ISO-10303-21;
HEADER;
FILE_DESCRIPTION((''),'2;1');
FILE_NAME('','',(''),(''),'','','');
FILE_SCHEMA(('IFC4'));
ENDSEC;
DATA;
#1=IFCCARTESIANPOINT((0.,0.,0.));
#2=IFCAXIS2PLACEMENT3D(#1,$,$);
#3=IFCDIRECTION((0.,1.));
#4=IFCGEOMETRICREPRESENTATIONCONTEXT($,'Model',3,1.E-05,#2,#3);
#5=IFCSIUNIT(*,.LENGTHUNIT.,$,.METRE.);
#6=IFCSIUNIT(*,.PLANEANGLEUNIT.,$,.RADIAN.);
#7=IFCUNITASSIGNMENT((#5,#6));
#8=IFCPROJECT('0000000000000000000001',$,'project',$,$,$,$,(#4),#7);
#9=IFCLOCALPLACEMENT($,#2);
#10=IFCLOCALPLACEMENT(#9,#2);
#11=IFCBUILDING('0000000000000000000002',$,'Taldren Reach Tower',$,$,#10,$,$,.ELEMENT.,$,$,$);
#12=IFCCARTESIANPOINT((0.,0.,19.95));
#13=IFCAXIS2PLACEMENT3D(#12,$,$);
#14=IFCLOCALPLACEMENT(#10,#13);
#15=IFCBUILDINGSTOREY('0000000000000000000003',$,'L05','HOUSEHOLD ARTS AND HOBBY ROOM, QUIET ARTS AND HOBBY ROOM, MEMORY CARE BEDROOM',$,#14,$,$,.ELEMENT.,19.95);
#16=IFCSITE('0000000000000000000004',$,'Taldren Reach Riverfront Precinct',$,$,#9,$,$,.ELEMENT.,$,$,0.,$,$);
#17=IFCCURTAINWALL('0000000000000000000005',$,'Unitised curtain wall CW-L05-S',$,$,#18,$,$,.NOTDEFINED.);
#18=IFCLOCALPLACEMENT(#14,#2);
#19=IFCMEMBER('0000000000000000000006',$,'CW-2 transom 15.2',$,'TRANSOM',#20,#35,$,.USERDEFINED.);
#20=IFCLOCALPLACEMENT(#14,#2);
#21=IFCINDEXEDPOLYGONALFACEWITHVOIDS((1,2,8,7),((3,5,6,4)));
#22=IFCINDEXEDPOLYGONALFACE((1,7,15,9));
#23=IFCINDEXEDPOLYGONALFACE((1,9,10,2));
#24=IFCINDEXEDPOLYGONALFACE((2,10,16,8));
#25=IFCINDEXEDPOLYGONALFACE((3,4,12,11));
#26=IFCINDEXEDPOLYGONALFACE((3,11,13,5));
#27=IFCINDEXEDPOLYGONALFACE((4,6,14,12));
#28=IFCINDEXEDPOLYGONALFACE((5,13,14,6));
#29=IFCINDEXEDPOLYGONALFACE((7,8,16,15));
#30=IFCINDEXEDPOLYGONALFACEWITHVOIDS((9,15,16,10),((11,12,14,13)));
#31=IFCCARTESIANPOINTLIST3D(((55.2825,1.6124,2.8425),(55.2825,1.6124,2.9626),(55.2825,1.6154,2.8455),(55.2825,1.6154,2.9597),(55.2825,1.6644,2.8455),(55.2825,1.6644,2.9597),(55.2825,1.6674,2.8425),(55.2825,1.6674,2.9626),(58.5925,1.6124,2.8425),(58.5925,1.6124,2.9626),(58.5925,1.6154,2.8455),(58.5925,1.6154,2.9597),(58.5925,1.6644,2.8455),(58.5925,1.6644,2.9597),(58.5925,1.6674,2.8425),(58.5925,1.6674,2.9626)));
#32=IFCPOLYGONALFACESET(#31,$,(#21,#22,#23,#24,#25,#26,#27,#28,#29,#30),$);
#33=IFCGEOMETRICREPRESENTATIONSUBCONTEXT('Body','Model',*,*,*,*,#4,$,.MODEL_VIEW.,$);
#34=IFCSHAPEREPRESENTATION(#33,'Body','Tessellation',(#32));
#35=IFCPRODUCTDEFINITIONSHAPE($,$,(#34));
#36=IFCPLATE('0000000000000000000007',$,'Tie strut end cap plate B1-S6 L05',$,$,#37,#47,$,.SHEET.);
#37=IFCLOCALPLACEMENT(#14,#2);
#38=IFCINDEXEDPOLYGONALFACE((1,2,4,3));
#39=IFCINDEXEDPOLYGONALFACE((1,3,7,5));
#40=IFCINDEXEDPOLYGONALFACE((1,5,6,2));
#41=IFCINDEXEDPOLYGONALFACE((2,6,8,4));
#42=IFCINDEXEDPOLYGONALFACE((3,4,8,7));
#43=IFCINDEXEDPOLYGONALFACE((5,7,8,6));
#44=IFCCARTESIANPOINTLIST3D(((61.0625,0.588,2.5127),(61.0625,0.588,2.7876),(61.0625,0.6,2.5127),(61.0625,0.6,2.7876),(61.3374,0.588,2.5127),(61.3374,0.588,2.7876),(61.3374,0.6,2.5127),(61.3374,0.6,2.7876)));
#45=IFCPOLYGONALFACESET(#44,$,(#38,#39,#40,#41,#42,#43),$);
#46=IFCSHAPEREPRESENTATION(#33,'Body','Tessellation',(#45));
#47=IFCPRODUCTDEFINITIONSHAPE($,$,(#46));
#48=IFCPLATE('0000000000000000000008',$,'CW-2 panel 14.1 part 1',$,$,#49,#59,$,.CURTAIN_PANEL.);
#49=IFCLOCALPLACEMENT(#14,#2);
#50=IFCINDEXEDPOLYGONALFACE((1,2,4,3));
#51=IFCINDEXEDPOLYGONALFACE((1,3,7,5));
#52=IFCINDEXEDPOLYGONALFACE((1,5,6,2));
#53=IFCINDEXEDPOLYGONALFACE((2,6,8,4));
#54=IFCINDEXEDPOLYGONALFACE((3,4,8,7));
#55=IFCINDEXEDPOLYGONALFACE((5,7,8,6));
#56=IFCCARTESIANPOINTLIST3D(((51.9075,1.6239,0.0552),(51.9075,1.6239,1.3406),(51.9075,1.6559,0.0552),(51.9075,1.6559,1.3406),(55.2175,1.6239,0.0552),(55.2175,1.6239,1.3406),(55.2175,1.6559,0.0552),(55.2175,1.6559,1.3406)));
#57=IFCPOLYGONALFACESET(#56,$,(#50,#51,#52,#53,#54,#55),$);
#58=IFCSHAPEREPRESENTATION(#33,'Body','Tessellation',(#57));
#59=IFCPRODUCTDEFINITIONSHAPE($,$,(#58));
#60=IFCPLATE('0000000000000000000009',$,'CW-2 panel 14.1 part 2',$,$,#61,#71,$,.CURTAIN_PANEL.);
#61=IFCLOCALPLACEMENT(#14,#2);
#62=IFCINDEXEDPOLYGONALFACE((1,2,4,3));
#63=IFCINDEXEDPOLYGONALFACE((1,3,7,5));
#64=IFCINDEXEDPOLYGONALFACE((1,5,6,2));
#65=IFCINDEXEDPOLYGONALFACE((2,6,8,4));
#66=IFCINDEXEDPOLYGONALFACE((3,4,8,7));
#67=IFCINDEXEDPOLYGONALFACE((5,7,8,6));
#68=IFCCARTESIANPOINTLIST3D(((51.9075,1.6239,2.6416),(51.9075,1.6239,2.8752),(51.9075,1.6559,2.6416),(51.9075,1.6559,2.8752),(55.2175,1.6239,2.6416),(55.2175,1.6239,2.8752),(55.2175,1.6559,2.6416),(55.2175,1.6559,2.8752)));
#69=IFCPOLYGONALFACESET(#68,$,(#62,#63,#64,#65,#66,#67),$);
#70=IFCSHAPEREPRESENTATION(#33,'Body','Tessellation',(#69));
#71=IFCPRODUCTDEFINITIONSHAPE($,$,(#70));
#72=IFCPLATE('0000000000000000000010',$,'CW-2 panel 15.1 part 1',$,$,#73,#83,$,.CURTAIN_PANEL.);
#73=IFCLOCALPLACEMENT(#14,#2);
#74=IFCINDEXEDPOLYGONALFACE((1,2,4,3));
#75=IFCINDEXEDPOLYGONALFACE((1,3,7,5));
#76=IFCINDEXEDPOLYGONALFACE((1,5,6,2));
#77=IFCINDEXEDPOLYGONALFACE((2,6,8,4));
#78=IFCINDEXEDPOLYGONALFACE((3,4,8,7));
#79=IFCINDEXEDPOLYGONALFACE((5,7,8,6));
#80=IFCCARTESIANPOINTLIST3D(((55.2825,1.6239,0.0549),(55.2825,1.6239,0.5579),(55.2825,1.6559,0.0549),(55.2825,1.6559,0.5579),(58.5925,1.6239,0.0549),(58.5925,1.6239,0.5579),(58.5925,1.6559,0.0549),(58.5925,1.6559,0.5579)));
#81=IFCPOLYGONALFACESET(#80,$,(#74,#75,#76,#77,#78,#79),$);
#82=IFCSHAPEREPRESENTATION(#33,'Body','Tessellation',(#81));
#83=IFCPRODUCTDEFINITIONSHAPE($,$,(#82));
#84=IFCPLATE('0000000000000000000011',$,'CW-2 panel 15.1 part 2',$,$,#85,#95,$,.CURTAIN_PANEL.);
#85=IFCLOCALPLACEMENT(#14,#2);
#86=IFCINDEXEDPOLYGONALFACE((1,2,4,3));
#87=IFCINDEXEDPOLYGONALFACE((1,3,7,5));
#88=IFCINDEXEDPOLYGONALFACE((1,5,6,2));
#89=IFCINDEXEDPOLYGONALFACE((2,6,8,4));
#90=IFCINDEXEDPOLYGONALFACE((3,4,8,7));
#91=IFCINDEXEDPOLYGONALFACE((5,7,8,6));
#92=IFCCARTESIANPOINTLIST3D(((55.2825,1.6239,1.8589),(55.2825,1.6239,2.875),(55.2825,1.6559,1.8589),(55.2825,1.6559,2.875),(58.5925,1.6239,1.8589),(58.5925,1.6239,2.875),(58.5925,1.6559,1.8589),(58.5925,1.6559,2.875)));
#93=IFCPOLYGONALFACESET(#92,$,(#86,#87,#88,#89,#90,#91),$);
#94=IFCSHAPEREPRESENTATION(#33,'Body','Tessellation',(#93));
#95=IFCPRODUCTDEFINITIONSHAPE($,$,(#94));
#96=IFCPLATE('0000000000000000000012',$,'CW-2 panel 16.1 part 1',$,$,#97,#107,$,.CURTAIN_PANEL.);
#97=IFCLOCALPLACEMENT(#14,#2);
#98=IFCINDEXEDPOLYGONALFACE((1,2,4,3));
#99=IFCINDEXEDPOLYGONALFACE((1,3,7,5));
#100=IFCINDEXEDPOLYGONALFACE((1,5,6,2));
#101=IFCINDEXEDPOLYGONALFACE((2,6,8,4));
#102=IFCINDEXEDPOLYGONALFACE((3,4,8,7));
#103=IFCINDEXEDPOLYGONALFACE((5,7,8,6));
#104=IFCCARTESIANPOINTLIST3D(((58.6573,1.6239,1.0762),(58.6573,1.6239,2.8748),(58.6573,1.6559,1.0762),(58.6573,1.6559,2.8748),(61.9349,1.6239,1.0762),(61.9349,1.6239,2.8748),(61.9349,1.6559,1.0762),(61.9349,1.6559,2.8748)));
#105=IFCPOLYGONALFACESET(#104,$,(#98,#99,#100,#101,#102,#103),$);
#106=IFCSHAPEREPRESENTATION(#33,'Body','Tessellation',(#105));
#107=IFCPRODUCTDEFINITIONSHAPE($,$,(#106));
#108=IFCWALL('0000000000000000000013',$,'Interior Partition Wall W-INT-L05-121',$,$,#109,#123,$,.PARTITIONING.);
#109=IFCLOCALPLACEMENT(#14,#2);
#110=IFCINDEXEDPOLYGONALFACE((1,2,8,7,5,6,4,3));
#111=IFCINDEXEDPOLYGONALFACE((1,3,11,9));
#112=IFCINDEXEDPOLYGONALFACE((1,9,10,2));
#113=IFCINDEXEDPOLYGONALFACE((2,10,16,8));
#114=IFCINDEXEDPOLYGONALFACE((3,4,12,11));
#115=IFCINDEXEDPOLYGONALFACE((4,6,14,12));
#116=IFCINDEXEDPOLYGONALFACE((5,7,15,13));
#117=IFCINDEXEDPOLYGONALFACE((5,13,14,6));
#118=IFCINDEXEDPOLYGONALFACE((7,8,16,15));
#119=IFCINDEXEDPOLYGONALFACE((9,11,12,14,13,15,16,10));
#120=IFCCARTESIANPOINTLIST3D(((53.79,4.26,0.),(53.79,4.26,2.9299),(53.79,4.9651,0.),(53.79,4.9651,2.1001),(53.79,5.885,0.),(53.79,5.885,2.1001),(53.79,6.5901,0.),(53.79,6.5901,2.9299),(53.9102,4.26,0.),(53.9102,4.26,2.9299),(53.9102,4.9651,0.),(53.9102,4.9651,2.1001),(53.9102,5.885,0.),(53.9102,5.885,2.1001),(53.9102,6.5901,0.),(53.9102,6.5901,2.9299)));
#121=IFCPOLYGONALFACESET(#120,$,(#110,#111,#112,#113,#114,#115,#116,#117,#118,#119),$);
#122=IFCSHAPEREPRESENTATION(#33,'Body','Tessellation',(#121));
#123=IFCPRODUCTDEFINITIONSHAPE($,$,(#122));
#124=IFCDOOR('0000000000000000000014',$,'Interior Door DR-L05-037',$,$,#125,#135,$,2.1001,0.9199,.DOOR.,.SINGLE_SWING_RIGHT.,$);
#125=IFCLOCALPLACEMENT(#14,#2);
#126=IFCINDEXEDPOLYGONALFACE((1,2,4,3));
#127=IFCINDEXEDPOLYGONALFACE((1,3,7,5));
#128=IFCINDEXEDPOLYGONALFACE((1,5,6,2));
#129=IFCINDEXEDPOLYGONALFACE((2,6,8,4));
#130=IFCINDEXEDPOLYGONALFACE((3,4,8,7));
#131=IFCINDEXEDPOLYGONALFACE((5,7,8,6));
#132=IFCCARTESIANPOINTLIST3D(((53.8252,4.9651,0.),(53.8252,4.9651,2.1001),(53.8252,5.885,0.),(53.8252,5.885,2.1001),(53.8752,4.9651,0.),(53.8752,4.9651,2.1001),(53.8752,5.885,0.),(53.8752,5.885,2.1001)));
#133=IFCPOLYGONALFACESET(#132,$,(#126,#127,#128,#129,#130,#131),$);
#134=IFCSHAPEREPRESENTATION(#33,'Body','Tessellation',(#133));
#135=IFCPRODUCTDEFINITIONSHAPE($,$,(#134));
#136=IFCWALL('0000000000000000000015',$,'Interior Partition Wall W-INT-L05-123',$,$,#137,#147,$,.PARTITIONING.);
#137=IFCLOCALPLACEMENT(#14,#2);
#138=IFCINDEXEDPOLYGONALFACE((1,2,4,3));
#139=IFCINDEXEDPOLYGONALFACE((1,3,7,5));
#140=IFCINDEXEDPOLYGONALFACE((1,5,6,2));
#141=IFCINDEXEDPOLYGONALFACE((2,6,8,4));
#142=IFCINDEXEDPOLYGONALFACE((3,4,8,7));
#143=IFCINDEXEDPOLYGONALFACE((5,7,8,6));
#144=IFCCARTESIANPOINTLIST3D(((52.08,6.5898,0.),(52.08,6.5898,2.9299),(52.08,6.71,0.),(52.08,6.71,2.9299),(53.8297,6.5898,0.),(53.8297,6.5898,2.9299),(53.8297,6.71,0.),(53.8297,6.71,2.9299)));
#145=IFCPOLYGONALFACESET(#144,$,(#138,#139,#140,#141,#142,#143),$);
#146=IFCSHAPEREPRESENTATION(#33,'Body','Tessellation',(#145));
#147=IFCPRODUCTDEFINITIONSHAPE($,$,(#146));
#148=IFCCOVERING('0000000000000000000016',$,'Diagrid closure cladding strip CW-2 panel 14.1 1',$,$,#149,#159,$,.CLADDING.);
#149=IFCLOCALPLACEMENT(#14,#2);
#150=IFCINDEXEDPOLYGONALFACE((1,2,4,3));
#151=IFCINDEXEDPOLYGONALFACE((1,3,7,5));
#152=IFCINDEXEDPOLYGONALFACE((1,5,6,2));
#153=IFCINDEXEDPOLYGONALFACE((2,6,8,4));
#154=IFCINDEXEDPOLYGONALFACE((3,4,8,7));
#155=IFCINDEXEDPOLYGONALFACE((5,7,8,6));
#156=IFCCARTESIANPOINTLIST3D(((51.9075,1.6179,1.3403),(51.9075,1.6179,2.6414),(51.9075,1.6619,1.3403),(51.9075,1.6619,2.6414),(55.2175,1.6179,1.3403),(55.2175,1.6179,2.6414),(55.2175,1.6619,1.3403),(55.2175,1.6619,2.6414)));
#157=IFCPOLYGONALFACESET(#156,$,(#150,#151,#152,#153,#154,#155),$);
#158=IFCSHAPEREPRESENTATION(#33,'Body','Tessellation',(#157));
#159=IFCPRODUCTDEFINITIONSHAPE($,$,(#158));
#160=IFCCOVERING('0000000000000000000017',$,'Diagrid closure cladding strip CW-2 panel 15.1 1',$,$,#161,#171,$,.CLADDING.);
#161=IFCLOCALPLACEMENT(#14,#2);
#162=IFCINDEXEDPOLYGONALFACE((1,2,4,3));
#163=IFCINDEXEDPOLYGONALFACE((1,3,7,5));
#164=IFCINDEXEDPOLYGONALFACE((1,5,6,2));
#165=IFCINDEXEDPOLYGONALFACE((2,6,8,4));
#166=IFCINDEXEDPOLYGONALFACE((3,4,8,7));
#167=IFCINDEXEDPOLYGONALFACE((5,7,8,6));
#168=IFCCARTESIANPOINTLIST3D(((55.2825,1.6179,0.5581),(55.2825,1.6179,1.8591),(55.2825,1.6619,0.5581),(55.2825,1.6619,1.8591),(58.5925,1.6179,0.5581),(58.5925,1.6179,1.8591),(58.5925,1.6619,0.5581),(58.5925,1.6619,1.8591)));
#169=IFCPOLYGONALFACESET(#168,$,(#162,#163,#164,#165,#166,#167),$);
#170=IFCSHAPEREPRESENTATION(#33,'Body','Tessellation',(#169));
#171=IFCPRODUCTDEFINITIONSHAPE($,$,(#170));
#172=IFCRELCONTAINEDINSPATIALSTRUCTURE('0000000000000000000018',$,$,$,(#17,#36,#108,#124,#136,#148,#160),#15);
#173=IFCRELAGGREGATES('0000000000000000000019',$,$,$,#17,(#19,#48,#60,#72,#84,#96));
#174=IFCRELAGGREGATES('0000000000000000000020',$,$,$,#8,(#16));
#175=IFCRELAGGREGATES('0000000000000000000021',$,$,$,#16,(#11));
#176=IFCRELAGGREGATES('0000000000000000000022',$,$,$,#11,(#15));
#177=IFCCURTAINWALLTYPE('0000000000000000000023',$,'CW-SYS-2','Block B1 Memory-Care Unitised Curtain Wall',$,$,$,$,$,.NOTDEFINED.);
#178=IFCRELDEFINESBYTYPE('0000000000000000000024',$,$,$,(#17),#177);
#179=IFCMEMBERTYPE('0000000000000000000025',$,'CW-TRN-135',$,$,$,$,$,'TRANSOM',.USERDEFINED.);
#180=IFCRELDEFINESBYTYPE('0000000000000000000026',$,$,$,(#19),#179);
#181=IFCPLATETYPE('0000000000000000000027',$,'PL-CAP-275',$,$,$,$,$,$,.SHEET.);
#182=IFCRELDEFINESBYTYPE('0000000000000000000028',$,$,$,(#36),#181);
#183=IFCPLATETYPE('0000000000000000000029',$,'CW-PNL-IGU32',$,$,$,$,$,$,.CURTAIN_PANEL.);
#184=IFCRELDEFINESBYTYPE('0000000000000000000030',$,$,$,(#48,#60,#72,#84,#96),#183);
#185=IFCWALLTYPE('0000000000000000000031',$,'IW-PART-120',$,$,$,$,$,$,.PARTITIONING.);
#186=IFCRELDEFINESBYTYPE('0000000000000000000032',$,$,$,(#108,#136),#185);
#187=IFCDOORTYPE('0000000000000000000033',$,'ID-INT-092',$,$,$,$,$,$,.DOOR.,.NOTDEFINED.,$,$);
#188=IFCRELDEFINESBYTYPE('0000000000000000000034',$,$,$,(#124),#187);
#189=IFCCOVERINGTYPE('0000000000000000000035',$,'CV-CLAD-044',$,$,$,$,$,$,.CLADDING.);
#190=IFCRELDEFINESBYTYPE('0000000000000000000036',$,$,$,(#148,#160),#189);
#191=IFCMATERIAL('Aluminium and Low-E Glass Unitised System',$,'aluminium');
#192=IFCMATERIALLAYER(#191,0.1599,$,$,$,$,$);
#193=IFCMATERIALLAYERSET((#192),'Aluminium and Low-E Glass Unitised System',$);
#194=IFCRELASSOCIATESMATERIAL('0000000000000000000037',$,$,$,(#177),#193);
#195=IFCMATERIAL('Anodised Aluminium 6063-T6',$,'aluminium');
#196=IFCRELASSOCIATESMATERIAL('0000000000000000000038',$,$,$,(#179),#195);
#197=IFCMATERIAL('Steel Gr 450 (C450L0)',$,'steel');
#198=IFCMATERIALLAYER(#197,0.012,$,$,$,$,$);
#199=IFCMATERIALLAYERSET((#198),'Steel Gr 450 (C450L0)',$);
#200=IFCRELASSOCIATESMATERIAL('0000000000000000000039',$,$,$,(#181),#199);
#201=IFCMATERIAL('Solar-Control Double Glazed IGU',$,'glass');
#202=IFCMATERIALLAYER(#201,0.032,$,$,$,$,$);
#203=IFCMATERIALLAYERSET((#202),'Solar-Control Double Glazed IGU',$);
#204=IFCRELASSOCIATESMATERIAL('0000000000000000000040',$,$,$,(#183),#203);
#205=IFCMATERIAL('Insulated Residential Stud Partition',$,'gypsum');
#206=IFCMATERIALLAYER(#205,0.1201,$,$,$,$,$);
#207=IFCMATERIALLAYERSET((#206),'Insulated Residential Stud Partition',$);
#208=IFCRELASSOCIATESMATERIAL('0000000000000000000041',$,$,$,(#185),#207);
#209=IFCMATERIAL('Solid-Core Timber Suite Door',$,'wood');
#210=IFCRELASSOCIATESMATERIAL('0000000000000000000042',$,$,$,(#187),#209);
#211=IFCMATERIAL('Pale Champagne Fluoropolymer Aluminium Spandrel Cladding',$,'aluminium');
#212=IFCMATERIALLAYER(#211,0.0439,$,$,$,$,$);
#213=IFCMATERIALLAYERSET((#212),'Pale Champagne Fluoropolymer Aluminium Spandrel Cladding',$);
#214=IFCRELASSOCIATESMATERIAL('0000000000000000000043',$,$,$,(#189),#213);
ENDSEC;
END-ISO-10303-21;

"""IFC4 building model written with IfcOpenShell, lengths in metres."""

from ifc_helpers import new_model, si_unit, direction, frame, frame_2d, origin, origin_2d, place, context, subcontext, project, spatial, rectangle, hollow_rectangle, extrude, source, transform, mapped, material, layer, layer_set, material_profile, profile_set, type_object, element, fill, aggregate, save


model = new_model("IFC4")

# Units and contexts
model_context = context("Model", 3, precision=1e-05, world=origin(), true_north=direction((0.0, 1.0)))
body_context = subcontext(model_context, "Body", "Model", "MODEL_VIEW")
ifc_project = project(units=[si_unit("LENGTHUNIT", "METRE"), si_unit("PLANEANGLEUNIT", "RADIAN")], contexts=[model_context])

# Site, building, storey
site_placement = place(None, origin())
site = spatial("IfcSite", under=ifc_project, at=site_placement, Name="Taldren Reach Riverfront Precinct", CompositionType="ELEMENT", RefElevation=0.0)
building_placement = place(site_placement, origin())
building = spatial("IfcBuilding", under=site, at=building_placement, Name="Taldren Reach Tower", CompositionType="ELEMENT")
storey_placement = place(building_placement, frame((0.0, 0.0, 19.95)))
storey = spatial("IfcBuildingStorey", under=building, at=storey_placement, Name="L05", Description="HOUSEHOLD ARTS AND HOBBY ROOM, QUIET ARTS AND HOBBY ROOM, MEMORY CARE BEDROOM", CompositionType="ELEMENT", Elevation=19.95)

# Shared definitions
ifc_material_1 = material(Name="Steel Gr 450 (C450L0)", Category="steel")

# Curtain wall, member
ifc_material_2 = material(Name="Aluminium and Low-E Glass Unitised System", Category="aluminium")
ifc_layer_1 = layer(ifc_material_2, 0.1599)
ifc_layer_set_1 = layer_set([ifc_layer_1], Name="Aluminium and Low-E Glass Unitised System")
curtain_wall_type = type_object("IfcCurtainWallType", Name="CW-SYS-2", Description="Block B1 Memory-Care Unitised Curtain Wall", PredefinedType="NOTDEFINED", material=ifc_layer_set_1)
curtain_wall_placement = place(storey_placement, origin())
curtain_wall = element("IfcCurtainWall", 1, at=curtain_wall_placement, inside=storey, type_object=curtain_wall_type, Name="Unitised curtain wall CW-L05-S", PredefinedType="NOTDEFINED")
ifc_material_3 = material(Name="Anodised Aluminium 6063-T6", Category="aluminium")
ifc_material_profile_1 = material_profile(ifc_material_3, hollow_rectangle(XDim=0.0549, YDim=0.1201, WallThickness=0.0029, at=origin_2d()), Name="ALU-120x55x3RHS")
ifc_profile_set_1 = profile_set([ifc_material_profile_1], Name="Anodised Aluminium 6063-T6")
member_type_1 = type_object("IfcMemberType", Name="CW-TRN-135", ElementType="TRANSOM", PredefinedType="USERDEFINED", material=ifc_profile_set_1)
shared_shape_1 = source(origin(), body_context, "Body", "SweptSolid", [
    extrude(hollow_rectangle(XDim=0.0549, YDim=0.1201, WallThickness=0.0029, at=origin_2d()), origin(), (0.0, 0.0, 1.0), 3.3101),
])
member_1_placement = place(storey_placement, frame((55.2825, 1.6399, 2.9026), z_axis=(1.0, 0.0, 0.0), x_axis=(0.0, 1.0, 0.0)))
member_1 = element("IfcMember", 2, at=member_1_placement, type_object=member_type_1, Name="CW-2 transom 15.2", ObjectType="TRANSOM", PredefinedType="USERDEFINED", context=body_context, shape_type="MappedRepresentation", body=[
    mapped(shared_shape_1, transform((0.0, 0.0, 0.0), scale=1.0)),
])

# Plates
ifc_layer_2 = layer(ifc_material_1, 0.012)
ifc_layer_set_2 = layer_set([ifc_layer_2], Name="Steel Gr 450 (C450L0)")
plate_type_1 = type_object("IfcPlateType", Name="PL-CAP-275", PredefinedType="SHEET", material=ifc_layer_set_2)
shared_shape_2 = source(origin(), body_context, "Body", "SweptSolid", [
    extrude(rectangle(XDim=0.2749, YDim=0.012, at=origin_2d()), origin(), (0.0, 0.0, 1.0), 0.2749),
])
plate_1_placement = place(storey_placement, frame((61.2, 0.594, 2.5127), z_axis=(0.0, 0.0, 1.0), x_axis=(1.0, 0.0, 0.0)))
element("IfcPlate", 3, at=plate_1_placement, inside=storey, type_object=plate_type_1, Name="Tie strut end cap plate B1-S6 L05", PredefinedType="SHEET", context=body_context, shape_type="MappedRepresentation", body=[
    mapped(shared_shape_2, transform((0.0, 0.0, 0.0), scale=1.0)),
])
ifc_material_4 = material(Name="Solar-Control Double Glazed IGU", Category="glass")
ifc_layer_3 = layer(ifc_material_4, 0.032)
ifc_layer_set_3 = layer_set([ifc_layer_3], Name="Solar-Control Double Glazed IGU")
plate_type_2 = type_object("IfcPlateType", Name="CW-PNL-IGU32", PredefinedType="CURTAIN_PANEL", material=ifc_layer_set_3)
shared_shape_3 = source(origin(), body_context, "Body", "SweptSolid", [
    extrude(rectangle(XDim=3.3101, YDim=0.032, at=origin_2d()), origin(), (0.0, 0.0, 1.0), 1.2854),
])
plate_2_placement = place(storey_placement, frame((53.5625, 1.6399, 0.0552), z_axis=(0.0, 0.0, 1.0), x_axis=(1.0, 0.0, 0.0)))
plate_2 = element("IfcPlate", 4, at=plate_2_placement, type_object=plate_type_2, Name="CW-2 panel 14.1 part 1", PredefinedType="CURTAIN_PANEL", context=body_context, shape_type="MappedRepresentation", body=[
    mapped(shared_shape_3, transform((0.0, 0.0, 0.0), scale=1.0)),
])
shared_shape_4 = source(origin(), body_context, "Body", "SweptSolid", [
    extrude(rectangle(XDim=3.3101, YDim=0.032, at=origin_2d()), origin(), (0.0, 0.0, 1.0), 0.2336),
])
plate_3_placement = place(storey_placement, frame((53.5625, 1.6399, 2.6416), z_axis=(0.0, 0.0, 1.0), x_axis=(1.0, 0.0, 0.0)))
plate_3 = element("IfcPlate", 5, at=plate_3_placement, type_object=plate_type_2, Name="CW-2 panel 14.1 part 2", PredefinedType="CURTAIN_PANEL", context=body_context, shape_type="MappedRepresentation", body=[
    mapped(shared_shape_4, transform((0.0, 0.0, 0.0), scale=1.0)),
])
shared_shape_5 = source(origin(), body_context, "Body", "SweptSolid", [
    extrude(rectangle(XDim=3.3101, YDim=0.032, at=origin_2d()), origin(), (0.0, 0.0, 1.0), 0.5029),
])
plate_4_placement = place(storey_placement, frame((56.9375, 1.6399, 0.0549), z_axis=(0.0, 0.0, 1.0), x_axis=(1.0, 0.0, 0.0)))
plate_4 = element("IfcPlate", 6, at=plate_4_placement, type_object=plate_type_2, Name="CW-2 panel 15.1 part 1", PredefinedType="CURTAIN_PANEL", context=body_context, shape_type="MappedRepresentation", body=[
    mapped(shared_shape_5, transform((0.0, 0.0, 0.0), scale=1.0)),
])
shared_shape_6 = source(origin(), body_context, "Body", "SweptSolid", [
    extrude(rectangle(XDim=3.3101, YDim=0.032, at=origin_2d()), origin(), (0.0, 0.0, 1.0), 1.0161),
])
plate_5_placement = place(storey_placement, frame((56.9375, 1.6399, 1.8589), z_axis=(0.0, 0.0, 1.0), x_axis=(1.0, 0.0, 0.0)))
plate_5 = element("IfcPlate", 7, at=plate_5_placement, type_object=plate_type_2, Name="CW-2 panel 15.1 part 2", PredefinedType="CURTAIN_PANEL", context=body_context, shape_type="MappedRepresentation", body=[
    mapped(shared_shape_6, transform((0.0, 0.0, 0.0), scale=1.0)),
])
shared_shape_7 = source(origin(), body_context, "Body", "SweptSolid", [
    extrude(rectangle(XDim=3.2776, YDim=0.032, at=origin_2d()), origin(), (0.0, 0.0, 1.0), 1.7986),
])
plate_6_placement = place(storey_placement, frame((60.2961, 1.6399, 1.0762), z_axis=(0.0, 0.0, 1.0), x_axis=(1.0, 0.0, 0.0)))
plate_6 = element("IfcPlate", 8, at=plate_6_placement, type_object=plate_type_2, Name="CW-2 panel 16.1 part 1", PredefinedType="CURTAIN_PANEL", context=body_context, shape_type="MappedRepresentation", body=[
    mapped(shared_shape_7, transform((0.0, 0.0, 0.0), scale=1.0)),
])
aggregate(curtain_wall, [member_1, plate_2, plate_3, plate_4, plate_5, plate_6])

# Wall, opening, door
ifc_material_5 = material(Name="Insulated Residential Stud Partition", Category="gypsum")
ifc_layer_4 = layer(ifc_material_5, 0.1201)
ifc_layer_set_4 = layer_set([ifc_layer_4], Name="Insulated Residential Stud Partition")
wall_type = type_object("IfcWallType", Name="IW-PART-120", PredefinedType="PARTITIONING", material=ifc_layer_set_4)
shared_shape_8 = source(origin(), body_context, "Body", "SweptSolid", [
    extrude(rectangle(XDim=2.3301, YDim=0.1201, at=frame_2d((1.165, 0.0))), origin(), (0.0, 0.0, 1.0), 2.9299),
])
wall_1_placement = place(storey_placement, frame((53.8501, 4.26, 0.0), z_axis=(0.0, 0.0, 1.0), x_axis=(0.0, 1.0, 0.0)))
wall_1 = element("IfcWall", 9, at=wall_1_placement, inside=storey, type_object=wall_type, Name="Interior Partition Wall W-INT-L05-121", PredefinedType="PARTITIONING", context=body_context, shape_type="MappedRepresentation", body=[
    mapped(shared_shape_8, transform((0.0, 0.0, 0.0), scale=1.0)),
])
shared_shape_9 = source(origin(), body_context, "Body", "SweptSolid", [
    extrude(rectangle(XDim=0.9199, YDim=2.1001, at=frame_2d((0.46, 1.05))), frame((0.0, 0.0701, 0.0), z_axis=(0.0, -1.0, 0.0), x_axis=(1.0, 0.0, 0.0)), (0.0, 0.0, 1.0), 0.1401),
])
opening_placement = place(wall_1_placement, frame((0.7051, 0.0, 0.0)))
opening = element("IfcOpeningElement", 10, at=opening_placement, cuts=wall_1, PredefinedType="OPENING", context=body_context, shape_type="MappedRepresentation", body=[
    mapped(shared_shape_9, transform((0.0, 0.0, 0.0), scale=1.0)),
])
ifc_material_6 = material(Name="Solid-Core Timber Suite Door", Category="wood")
door_type = type_object("IfcDoorType", Name="ID-INT-092", OperationType="NOTDEFINED", PredefinedType="DOOR", material=ifc_material_6)
shared_shape_10 = source(origin(), body_context, "Body", "SweptSolid", [
    extrude(rectangle(XDim=0.9199, YDim=2.1001, at=frame_2d((0.46, 1.05))), frame((0.0, 0.0249, 0.0), z_axis=(0.0, -1.0, 0.0), x_axis=(1.0, 0.0, 0.0)), (0.0, 0.0, 1.0), 0.05),
])
door_placement = place(opening_placement, origin())
door = element("IfcDoor", 11, at=door_placement, inside=storey, type_object=door_type, Name="Interior Door DR-L05-037", OperationType="SINGLE_SWING_RIGHT", OverallHeight=2.1001, OverallWidth=0.9199, PredefinedType="DOOR", context=body_context, shape_type="MappedRepresentation", body=[
    mapped(shared_shape_10, transform((0.0, 0.0, 0.0), scale=1.0)),
])
fill(opening, door)

# Wall
shared_shape_11 = source(origin(), body_context, "Body", "SweptSolid", [
    extrude(rectangle(XDim=1.7498, YDim=0.1201, at=frame_2d((0.875, 0.0))), origin(), (0.0, 0.0, 1.0), 2.9299),
])
wall_2_placement = place(storey_placement, frame((53.8298, 6.6499, 0.0), z_axis=(0.0, 0.0, 1.0), x_axis=(-1.0, 0.0, 0.0)))
element("IfcWall", 12, at=wall_2_placement, inside=storey, type_object=wall_type, Name="Interior Partition Wall W-INT-L05-123", PredefinedType="PARTITIONING", context=body_context, shape_type="MappedRepresentation", body=[
    mapped(shared_shape_11, transform((0.0, 0.0, 0.0), scale=1.0)),
])

# Coverings
ifc_material_7 = material(Name="Pale Champagne Fluoropolymer Aluminium Spandrel Cladding", Category="aluminium")
ifc_layer_5 = layer(ifc_material_7, 0.0439)
ifc_layer_set_5 = layer_set([ifc_layer_5], Name="Pale Champagne Fluoropolymer Aluminium Spandrel Cladding")
covering_type = type_object("IfcCoveringType", Name="CV-CLAD-044", PredefinedType="CLADDING", material=ifc_layer_set_5)
shared_shape_12 = source(origin(), body_context, "Body", "SweptSolid", [
    extrude(rectangle(XDim=3.3101, YDim=0.0439, at=origin_2d()), origin(), (0.0, 0.0, 1.0), 1.301),
])
for number, where, z_axis, x_axis, name in (
    (13, (53.5625, 1.6399, 1.3403), (0.0, 0.0, 1.0), (1.0, 0.0, 0.0), "Diagrid closure cladding strip CW-2 panel 14.1 1"),
    (14, (56.9375, 1.6399, 0.5581), (0.0, 0.0, 1.0), (1.0, 0.0, 0.0), "Diagrid closure cladding strip CW-2 panel 15.1 1"),
):
    element("IfcCovering", number, at=place(storey_placement, frame(where, z_axis=z_axis, x_axis=x_axis)), inside=storey, type_object=covering_type, Name=name, PredefinedType="CLADDING", context=body_context, shape_type="MappedRepresentation", body=[
        mapped(shared_shape_12, transform((0.0, 0.0, 0.0), scale=1.0)),
    ])

save(model, "model.ifc")
